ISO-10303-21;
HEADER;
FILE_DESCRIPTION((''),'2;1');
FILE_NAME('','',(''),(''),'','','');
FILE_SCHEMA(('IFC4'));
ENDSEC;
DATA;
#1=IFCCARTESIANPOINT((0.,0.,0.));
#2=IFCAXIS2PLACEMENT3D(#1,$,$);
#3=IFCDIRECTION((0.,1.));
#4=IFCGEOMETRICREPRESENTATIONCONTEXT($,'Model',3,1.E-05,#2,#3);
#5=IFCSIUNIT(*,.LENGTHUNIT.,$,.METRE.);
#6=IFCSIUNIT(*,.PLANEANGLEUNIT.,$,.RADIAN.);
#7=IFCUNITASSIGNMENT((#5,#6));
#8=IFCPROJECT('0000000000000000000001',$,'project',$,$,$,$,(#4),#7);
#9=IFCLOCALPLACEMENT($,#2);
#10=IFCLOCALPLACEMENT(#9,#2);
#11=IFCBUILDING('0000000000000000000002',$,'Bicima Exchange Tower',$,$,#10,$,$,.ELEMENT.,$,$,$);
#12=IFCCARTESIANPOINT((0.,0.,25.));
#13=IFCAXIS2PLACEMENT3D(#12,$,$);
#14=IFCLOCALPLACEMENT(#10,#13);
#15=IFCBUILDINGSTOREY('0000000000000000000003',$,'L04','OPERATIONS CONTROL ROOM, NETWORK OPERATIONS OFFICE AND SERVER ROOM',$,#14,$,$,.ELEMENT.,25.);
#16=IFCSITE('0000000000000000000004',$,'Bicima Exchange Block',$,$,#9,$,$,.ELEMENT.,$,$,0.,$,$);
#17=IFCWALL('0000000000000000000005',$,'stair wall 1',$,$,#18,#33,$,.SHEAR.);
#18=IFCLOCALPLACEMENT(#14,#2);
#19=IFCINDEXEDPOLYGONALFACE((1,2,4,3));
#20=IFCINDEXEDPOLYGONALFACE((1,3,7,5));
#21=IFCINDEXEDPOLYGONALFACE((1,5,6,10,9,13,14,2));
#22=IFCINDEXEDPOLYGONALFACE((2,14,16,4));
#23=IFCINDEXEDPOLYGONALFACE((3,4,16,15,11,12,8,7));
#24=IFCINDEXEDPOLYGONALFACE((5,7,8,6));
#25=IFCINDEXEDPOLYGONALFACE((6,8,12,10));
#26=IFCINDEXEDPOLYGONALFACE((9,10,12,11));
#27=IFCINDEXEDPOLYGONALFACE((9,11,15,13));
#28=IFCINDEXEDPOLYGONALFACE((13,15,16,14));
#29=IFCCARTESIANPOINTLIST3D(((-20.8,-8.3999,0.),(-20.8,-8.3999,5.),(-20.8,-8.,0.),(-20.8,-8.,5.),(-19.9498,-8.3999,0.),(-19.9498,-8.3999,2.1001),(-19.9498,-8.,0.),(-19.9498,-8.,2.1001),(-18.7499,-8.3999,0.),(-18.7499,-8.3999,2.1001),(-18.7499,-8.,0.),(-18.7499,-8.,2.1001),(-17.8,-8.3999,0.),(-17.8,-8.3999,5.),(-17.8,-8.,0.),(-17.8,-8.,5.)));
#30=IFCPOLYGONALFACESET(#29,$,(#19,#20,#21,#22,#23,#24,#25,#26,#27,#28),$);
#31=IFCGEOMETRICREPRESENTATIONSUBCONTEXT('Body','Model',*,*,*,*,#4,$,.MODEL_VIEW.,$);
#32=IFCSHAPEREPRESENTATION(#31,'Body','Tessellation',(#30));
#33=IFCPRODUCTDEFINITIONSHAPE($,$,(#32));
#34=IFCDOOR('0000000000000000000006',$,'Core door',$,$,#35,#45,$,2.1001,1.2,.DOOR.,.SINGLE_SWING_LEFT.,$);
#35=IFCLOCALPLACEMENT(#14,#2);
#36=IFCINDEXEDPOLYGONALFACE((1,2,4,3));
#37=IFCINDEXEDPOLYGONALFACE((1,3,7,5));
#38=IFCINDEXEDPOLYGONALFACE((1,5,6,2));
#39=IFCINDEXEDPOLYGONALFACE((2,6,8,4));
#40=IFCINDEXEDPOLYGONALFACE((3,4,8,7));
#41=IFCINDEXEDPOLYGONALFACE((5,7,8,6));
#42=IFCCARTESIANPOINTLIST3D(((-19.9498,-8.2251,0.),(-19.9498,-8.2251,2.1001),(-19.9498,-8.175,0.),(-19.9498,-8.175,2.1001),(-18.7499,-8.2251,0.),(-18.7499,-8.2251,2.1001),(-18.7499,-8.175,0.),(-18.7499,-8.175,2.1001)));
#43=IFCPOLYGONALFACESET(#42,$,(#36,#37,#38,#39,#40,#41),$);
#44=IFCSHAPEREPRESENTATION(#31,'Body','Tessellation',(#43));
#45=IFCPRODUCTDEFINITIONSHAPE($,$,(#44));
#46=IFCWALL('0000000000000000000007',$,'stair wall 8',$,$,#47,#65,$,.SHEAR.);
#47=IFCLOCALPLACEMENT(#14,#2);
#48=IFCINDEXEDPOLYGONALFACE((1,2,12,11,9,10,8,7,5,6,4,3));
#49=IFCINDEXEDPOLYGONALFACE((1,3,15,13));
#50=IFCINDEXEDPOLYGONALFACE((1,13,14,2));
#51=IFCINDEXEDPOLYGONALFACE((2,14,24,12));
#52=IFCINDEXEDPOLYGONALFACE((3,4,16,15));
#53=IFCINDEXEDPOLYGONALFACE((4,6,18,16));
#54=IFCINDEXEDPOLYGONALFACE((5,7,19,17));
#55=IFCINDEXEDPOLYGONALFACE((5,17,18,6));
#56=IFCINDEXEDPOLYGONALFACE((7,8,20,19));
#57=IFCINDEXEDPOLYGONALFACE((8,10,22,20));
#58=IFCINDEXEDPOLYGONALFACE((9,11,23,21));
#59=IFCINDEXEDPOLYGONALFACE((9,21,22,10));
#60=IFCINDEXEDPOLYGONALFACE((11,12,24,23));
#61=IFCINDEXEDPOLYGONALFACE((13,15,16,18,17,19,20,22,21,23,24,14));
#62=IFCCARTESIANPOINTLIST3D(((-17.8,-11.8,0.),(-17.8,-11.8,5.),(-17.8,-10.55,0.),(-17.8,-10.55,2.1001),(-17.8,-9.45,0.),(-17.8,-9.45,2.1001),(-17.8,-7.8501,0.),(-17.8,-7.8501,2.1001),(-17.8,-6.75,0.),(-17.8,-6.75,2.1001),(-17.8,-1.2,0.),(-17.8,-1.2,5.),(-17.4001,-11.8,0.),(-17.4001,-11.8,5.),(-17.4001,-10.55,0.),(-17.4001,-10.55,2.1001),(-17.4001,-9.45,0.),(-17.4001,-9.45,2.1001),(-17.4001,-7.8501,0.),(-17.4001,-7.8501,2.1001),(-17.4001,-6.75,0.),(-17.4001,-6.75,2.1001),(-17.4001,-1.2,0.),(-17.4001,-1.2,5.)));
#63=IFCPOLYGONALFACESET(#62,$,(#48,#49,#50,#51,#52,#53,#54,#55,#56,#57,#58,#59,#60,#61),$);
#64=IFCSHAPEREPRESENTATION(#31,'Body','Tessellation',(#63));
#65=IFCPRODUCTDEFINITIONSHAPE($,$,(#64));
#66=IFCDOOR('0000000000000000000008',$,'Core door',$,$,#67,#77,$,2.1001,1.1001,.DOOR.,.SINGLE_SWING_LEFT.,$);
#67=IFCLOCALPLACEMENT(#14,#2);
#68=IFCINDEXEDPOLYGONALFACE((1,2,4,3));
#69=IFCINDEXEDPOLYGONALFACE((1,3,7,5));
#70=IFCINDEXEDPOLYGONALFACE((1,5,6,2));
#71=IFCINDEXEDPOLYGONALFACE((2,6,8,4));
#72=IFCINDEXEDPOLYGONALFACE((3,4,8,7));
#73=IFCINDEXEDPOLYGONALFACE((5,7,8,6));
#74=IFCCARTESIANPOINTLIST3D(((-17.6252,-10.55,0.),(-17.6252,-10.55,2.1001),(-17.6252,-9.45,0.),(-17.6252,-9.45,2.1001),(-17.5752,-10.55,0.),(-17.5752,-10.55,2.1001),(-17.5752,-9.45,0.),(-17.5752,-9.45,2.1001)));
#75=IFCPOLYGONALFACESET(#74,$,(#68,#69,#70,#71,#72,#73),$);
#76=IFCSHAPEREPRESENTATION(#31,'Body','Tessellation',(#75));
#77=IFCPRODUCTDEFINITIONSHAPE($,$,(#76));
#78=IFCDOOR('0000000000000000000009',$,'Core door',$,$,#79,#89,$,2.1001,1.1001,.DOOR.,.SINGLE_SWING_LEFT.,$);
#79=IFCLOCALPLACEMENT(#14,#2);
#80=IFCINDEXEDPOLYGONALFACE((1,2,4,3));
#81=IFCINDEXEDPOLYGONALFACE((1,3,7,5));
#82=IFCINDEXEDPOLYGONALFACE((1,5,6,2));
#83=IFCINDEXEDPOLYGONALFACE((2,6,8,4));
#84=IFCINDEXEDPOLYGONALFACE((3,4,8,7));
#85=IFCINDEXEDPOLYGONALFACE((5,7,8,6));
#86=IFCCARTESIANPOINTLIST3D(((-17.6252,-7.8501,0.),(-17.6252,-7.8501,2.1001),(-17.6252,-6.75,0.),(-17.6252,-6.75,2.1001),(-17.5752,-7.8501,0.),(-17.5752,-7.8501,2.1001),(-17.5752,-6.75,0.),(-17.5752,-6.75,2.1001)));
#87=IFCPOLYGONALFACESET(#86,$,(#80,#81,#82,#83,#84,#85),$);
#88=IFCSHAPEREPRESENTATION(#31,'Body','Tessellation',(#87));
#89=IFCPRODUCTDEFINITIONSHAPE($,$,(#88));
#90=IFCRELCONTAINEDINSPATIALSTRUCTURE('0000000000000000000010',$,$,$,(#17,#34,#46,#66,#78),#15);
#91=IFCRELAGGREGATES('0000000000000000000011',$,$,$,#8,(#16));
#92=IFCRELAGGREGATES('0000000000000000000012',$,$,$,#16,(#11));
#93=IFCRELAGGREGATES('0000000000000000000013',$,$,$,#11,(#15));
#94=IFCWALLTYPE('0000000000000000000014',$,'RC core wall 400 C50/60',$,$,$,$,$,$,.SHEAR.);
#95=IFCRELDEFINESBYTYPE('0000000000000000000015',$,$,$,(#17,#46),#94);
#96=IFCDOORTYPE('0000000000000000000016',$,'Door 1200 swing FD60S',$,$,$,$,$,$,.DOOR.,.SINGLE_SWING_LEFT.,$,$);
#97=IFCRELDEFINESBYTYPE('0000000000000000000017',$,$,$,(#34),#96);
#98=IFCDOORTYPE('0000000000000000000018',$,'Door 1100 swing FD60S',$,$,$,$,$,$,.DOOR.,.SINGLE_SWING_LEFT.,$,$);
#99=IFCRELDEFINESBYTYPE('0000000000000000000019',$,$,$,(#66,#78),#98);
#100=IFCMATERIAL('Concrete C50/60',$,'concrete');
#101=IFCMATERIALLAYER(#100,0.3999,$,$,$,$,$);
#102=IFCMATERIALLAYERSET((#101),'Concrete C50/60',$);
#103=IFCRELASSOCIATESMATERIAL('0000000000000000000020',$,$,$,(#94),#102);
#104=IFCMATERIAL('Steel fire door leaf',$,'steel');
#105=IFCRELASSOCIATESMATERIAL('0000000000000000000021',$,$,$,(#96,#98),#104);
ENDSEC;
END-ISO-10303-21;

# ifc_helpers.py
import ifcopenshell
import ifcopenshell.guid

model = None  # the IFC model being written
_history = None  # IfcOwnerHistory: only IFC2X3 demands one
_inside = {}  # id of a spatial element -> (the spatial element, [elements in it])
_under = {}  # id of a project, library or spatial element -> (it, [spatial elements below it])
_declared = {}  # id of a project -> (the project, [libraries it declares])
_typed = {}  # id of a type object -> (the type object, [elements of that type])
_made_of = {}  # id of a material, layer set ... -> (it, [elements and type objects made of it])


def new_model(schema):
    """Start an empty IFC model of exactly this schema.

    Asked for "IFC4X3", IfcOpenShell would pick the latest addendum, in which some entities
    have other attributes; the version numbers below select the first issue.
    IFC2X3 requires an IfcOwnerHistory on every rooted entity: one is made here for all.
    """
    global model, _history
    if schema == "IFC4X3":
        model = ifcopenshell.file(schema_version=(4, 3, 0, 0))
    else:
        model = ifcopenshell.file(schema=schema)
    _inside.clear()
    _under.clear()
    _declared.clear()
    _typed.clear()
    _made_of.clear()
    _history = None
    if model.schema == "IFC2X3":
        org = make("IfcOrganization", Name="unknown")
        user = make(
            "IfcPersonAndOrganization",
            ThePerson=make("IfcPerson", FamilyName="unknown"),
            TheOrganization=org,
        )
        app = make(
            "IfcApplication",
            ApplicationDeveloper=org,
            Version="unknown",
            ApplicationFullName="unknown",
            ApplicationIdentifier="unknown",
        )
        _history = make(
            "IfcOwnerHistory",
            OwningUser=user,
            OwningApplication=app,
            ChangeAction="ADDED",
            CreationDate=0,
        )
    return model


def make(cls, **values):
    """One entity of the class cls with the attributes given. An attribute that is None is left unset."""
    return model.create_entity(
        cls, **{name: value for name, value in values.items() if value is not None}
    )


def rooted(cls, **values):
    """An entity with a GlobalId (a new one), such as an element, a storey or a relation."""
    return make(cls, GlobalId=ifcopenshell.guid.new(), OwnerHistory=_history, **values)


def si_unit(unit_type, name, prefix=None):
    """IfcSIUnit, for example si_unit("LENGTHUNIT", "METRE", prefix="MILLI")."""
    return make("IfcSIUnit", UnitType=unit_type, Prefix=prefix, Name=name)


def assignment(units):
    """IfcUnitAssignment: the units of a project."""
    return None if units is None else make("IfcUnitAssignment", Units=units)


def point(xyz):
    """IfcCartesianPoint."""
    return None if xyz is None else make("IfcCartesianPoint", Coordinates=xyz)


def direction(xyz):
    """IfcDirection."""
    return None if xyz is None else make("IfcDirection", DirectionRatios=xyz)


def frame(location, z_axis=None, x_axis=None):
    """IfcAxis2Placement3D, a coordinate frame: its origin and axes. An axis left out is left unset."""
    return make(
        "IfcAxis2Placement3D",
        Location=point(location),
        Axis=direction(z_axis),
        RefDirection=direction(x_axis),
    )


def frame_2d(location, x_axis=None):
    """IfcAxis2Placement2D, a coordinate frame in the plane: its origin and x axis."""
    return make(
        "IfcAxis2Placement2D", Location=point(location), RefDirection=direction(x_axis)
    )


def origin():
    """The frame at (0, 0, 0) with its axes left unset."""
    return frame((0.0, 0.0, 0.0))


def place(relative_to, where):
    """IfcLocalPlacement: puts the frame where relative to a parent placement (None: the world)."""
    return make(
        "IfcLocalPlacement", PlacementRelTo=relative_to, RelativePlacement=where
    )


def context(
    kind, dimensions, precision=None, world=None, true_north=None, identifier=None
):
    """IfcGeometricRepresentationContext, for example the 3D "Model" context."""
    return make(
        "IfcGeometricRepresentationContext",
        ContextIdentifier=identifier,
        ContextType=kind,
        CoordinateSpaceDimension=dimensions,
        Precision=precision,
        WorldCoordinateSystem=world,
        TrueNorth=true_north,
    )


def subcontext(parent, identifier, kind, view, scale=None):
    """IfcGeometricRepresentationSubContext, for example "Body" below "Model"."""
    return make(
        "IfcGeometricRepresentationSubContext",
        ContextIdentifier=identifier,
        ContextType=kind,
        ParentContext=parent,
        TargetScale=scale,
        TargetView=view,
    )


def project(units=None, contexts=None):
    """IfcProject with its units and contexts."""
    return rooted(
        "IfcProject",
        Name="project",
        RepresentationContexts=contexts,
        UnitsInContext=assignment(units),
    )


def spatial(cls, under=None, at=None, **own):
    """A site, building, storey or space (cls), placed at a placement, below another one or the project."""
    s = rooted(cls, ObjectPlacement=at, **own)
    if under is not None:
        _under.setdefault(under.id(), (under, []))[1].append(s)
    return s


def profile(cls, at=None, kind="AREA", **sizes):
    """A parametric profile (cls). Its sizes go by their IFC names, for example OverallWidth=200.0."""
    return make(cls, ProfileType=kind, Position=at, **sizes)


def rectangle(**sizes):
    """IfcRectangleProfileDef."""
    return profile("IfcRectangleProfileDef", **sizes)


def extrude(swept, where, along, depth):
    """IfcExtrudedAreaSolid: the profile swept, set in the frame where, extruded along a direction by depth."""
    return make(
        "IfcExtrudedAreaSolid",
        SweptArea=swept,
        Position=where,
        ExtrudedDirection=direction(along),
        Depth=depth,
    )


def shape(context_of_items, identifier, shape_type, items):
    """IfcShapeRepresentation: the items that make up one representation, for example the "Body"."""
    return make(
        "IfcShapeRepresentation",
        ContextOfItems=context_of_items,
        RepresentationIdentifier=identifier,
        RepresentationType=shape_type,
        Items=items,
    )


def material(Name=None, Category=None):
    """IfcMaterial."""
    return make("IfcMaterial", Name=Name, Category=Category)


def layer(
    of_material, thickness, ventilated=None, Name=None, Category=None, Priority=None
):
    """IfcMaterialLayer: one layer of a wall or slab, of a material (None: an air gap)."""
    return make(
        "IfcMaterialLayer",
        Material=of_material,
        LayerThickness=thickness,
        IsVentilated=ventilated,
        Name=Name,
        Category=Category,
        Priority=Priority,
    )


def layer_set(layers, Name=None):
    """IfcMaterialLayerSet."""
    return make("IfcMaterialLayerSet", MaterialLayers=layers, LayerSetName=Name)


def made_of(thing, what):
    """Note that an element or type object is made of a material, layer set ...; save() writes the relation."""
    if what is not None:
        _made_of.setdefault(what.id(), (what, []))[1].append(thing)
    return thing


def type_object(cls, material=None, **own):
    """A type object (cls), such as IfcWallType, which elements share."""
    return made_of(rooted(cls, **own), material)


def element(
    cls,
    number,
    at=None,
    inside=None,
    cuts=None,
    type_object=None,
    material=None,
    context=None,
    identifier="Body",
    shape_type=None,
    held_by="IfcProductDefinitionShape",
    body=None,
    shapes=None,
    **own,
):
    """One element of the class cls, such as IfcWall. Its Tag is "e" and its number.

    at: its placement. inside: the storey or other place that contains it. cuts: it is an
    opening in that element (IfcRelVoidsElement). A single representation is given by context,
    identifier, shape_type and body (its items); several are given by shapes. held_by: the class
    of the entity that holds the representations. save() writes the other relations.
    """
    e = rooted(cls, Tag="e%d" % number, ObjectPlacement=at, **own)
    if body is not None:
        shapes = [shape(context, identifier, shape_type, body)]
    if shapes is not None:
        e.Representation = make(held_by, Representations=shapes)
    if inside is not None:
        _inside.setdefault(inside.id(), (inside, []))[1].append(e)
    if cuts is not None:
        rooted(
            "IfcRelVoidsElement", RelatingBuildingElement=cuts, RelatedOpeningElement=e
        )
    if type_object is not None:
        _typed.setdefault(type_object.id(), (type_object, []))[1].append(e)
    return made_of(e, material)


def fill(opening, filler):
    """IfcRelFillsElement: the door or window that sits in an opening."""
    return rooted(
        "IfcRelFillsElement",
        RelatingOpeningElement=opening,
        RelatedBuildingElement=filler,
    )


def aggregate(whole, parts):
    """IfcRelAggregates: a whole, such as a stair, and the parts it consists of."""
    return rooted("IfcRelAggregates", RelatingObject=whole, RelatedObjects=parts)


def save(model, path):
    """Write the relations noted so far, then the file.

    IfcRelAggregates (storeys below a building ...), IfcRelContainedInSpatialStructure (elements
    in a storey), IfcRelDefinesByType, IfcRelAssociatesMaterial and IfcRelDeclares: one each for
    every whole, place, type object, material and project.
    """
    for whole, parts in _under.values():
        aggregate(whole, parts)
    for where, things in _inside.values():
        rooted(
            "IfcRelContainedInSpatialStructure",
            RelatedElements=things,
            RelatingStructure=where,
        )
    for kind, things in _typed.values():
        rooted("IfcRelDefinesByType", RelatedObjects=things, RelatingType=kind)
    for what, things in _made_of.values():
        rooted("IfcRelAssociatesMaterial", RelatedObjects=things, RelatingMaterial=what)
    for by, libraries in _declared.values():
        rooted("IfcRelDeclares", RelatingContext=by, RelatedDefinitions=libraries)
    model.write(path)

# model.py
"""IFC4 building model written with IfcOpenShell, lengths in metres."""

from ifc_helpers import new_model, si_unit, direction, frame, frame_2d, origin, place, context, subcontext, project, spatial, rectangle, extrude, material, layer, layer_set, type_object, element, fill, save


model = new_model("IFC4")

# Units and contexts
model_context = context("Model", 3, precision=1e-05, world=origin(), true_north=direction((0.0, 1.0)))
body_context = subcontext(model_context, "Body", "Model", "MODEL_VIEW")
ifc_project = project(units=[si_unit("LENGTHUNIT", "METRE"), si_unit("PLANEANGLEUNIT", "RADIAN")], contexts=[model_context])

# Site, building, storey
site_placement = place(None, origin())
site = spatial("IfcSite", under=ifc_project, at=site_placement, Name="Bicima Exchange Block", CompositionType="ELEMENT", RefElevation=0.0)
building_placement = place(site_placement, origin())
building = spatial("IfcBuilding", under=site, at=building_placement, Name="Bicima Exchange Tower", CompositionType="ELEMENT")
storey_placement = place(building_placement, frame((0.0, 0.0, 25.0)))
storey = spatial("IfcBuildingStorey", under=building, at=storey_placement, Name="L04", Description="OPERATIONS CONTROL ROOM, NETWORK OPERATIONS OFFICE AND SERVER ROOM", CompositionType="ELEMENT", Elevation=25.0)

# Wall, opening, door
ifc_material_1 = material(Name="Concrete C50/60", Category="concrete")
ifc_layer_1 = layer(ifc_material_1, 0.3999)
ifc_layer_set_1 = layer_set([ifc_layer_1], Name="Concrete C50/60")
wall_type_1 = type_object("IfcWallType", Name="RC core wall 400 C50/60", PredefinedType="SHEAR", material=ifc_layer_set_1)
wall_1_placement = place(storey_placement, frame((-20.8, -8.2, 0.0), z_axis=(0.0, 0.0, 1.0), x_axis=(1.0, 0.0, 0.0)))
wall_1 = element("IfcWall", 1, at=wall_1_placement, inside=storey, type_object=wall_type_1, Name="stair wall 1", PredefinedType="SHEAR", context=body_context, shape_type="SweptSolid", body=[
    extrude(rectangle(XDim=3.0, YDim=0.3999, at=frame_2d((1.5, 0.0))), origin(), (0.0, 0.0, 1.0), 5.0),
])
opening_1_placement = place(wall_1_placement, frame((0.8501, 0.0, 0.0)))
opening_1 = element("IfcOpeningElement", 2, at=opening_1_placement, cuts=wall_1, PredefinedType="OPENING", context=body_context, shape_type="SweptSolid", body=[
    extrude(rectangle(XDim=1.2, YDim=2.1001, at=frame_2d((0.6001, 1.05))), frame((0.0, 0.2119, 0.0), z_axis=(0.0, -1.0, 0.0), x_axis=(1.0, 0.0, 0.0)), (0.0, 0.0, 1.0), 0.4238),
])
ifc_material_2 = material(Name="Steel fire door leaf", Category="steel")
door_type_1 = type_object("IfcDoorType", Name="Door 1200 swing FD60S", OperationType="SINGLE_SWING_LEFT", PredefinedType="DOOR", material=ifc_material_2)
door_1_placement = place(opening_1_placement, origin())
door_1 = element("IfcDoor", 3, at=door_1_placement, inside=storey, type_object=door_type_1, Name="Core door", OperationType="SINGLE_SWING_LEFT", OverallHeight=2.1001, OverallWidth=1.2, PredefinedType="DOOR", context=body_context, shape_type="SweptSolid", body=[
    extrude(rectangle(XDim=1.2, YDim=2.1001, at=frame_2d((0.6001, 1.05))), frame((0.0, 0.0249, 0.0), z_axis=(0.0, -1.0, 0.0), x_axis=(1.0, 0.0, 0.0)), (0.0, 0.0, 1.0), 0.05),
])
fill(opening_1, door_1)

# Wall, openings, doors
wall_2_placement = place(storey_placement, frame((-17.6001, -11.8, 0.0), z_axis=(0.0, 0.0, 1.0), x_axis=(0.0, 1.0, 0.0)))
wall_2 = element("IfcWall", 4, at=wall_2_placement, inside=storey, type_object=wall_type_1, Name="stair wall 8", PredefinedType="SHEAR", context=body_context, shape_type="SweptSolid", body=[
    extrude(rectangle(XDim=10.6001, YDim=0.3999, at=frame_2d((5.3, 0.0))), origin(), (0.0, 0.0, 1.0), 5.0),
])
opening_2_placement = place(wall_2_placement, frame((1.25, 0.0, 0.0)))
opening_2 = element("IfcOpeningElement", 5, at=opening_2_placement, cuts=wall_2, PredefinedType="OPENING", context=body_context, shape_type="SweptSolid", body=[
    extrude(rectangle(XDim=1.1001, YDim=2.1001, at=frame_2d((0.55, 1.05))), frame((0.0, 0.2119, 0.0), z_axis=(0.0, -1.0, 0.0), x_axis=(1.0, 0.0, 0.0)), (0.0, 0.0, 1.0), 0.4238),
])
opening_3_placement = place(wall_2_placement, frame((3.95, 0.0, 0.0)))
opening_3 = element("IfcOpeningElement", 6, at=opening_3_placement, cuts=wall_2, PredefinedType="OPENING", context=body_context, shape_type="SweptSolid", body=[
    extrude(rectangle(XDim=1.1001, YDim=2.1001, at=frame_2d((0.55, 1.05))), frame((0.0, 0.2119, 0.0), z_axis=(0.0, -1.0, 0.0), x_axis=(1.0, 0.0, 0.0)), (0.0, 0.0, 1.0), 0.4238),
])
door_type_2 = type_object("IfcDoorType", Name="Door 1100 swing FD60S", OperationType="SINGLE_SWING_LEFT", PredefinedType="DOOR", material=ifc_material_2)
door_2_placement = place(opening_2_placement, frame((1.1001, 0.0, 0.0), z_axis=(0.0, 0.0, 1.0), x_axis=(-1.0, 0.0, 0.0)))
door_2 = element("IfcDoor", 7, at=door_2_placement, inside=storey, type_object=door_type_2, Name="Core door", OperationType="SINGLE_SWING_LEFT", OverallHeight=2.1001, OverallWidth=1.1001, PredefinedType="DOOR", context=body_context, shape_type="SweptSolid", body=[
    extrude(rectangle(XDim=1.1001, YDim=2.1001, at=frame_2d((0.55, 1.05))), frame((0.0, 0.0249, 0.0), z_axis=(0.0, -1.0, 0.0), x_axis=(1.0, 0.0, 0.0)), (0.0, 0.0, 1.0), 0.05),
])
fill(opening_2, door_2)
door_3_placement = place(opening_3_placement, frame((1.1001, 0.0, 0.0), z_axis=(0.0, 0.0, 1.0), x_axis=(-1.0, 0.0, 0.0)))
door_3 = element("IfcDoor", 8, at=door_3_placement, inside=storey, type_object=door_type_2, Name="Core door", OperationType="SINGLE_SWING_LEFT", OverallHeight=2.1001, OverallWidth=1.1001, PredefinedType="DOOR", context=body_context, shape_type="SweptSolid", body=[
    extrude(rectangle(XDim=1.1001, YDim=2.1001, at=frame_2d((0.55, 1.05))), frame((0.0, 0.0249, 0.0), z_axis=(0.0, -1.0, 0.0), x_axis=(1.0, 0.0, 0.0)), (0.0, 0.0, 1.0), 0.05),
])
fill(opening_3, door_3)

save(model, "model.ifc")
